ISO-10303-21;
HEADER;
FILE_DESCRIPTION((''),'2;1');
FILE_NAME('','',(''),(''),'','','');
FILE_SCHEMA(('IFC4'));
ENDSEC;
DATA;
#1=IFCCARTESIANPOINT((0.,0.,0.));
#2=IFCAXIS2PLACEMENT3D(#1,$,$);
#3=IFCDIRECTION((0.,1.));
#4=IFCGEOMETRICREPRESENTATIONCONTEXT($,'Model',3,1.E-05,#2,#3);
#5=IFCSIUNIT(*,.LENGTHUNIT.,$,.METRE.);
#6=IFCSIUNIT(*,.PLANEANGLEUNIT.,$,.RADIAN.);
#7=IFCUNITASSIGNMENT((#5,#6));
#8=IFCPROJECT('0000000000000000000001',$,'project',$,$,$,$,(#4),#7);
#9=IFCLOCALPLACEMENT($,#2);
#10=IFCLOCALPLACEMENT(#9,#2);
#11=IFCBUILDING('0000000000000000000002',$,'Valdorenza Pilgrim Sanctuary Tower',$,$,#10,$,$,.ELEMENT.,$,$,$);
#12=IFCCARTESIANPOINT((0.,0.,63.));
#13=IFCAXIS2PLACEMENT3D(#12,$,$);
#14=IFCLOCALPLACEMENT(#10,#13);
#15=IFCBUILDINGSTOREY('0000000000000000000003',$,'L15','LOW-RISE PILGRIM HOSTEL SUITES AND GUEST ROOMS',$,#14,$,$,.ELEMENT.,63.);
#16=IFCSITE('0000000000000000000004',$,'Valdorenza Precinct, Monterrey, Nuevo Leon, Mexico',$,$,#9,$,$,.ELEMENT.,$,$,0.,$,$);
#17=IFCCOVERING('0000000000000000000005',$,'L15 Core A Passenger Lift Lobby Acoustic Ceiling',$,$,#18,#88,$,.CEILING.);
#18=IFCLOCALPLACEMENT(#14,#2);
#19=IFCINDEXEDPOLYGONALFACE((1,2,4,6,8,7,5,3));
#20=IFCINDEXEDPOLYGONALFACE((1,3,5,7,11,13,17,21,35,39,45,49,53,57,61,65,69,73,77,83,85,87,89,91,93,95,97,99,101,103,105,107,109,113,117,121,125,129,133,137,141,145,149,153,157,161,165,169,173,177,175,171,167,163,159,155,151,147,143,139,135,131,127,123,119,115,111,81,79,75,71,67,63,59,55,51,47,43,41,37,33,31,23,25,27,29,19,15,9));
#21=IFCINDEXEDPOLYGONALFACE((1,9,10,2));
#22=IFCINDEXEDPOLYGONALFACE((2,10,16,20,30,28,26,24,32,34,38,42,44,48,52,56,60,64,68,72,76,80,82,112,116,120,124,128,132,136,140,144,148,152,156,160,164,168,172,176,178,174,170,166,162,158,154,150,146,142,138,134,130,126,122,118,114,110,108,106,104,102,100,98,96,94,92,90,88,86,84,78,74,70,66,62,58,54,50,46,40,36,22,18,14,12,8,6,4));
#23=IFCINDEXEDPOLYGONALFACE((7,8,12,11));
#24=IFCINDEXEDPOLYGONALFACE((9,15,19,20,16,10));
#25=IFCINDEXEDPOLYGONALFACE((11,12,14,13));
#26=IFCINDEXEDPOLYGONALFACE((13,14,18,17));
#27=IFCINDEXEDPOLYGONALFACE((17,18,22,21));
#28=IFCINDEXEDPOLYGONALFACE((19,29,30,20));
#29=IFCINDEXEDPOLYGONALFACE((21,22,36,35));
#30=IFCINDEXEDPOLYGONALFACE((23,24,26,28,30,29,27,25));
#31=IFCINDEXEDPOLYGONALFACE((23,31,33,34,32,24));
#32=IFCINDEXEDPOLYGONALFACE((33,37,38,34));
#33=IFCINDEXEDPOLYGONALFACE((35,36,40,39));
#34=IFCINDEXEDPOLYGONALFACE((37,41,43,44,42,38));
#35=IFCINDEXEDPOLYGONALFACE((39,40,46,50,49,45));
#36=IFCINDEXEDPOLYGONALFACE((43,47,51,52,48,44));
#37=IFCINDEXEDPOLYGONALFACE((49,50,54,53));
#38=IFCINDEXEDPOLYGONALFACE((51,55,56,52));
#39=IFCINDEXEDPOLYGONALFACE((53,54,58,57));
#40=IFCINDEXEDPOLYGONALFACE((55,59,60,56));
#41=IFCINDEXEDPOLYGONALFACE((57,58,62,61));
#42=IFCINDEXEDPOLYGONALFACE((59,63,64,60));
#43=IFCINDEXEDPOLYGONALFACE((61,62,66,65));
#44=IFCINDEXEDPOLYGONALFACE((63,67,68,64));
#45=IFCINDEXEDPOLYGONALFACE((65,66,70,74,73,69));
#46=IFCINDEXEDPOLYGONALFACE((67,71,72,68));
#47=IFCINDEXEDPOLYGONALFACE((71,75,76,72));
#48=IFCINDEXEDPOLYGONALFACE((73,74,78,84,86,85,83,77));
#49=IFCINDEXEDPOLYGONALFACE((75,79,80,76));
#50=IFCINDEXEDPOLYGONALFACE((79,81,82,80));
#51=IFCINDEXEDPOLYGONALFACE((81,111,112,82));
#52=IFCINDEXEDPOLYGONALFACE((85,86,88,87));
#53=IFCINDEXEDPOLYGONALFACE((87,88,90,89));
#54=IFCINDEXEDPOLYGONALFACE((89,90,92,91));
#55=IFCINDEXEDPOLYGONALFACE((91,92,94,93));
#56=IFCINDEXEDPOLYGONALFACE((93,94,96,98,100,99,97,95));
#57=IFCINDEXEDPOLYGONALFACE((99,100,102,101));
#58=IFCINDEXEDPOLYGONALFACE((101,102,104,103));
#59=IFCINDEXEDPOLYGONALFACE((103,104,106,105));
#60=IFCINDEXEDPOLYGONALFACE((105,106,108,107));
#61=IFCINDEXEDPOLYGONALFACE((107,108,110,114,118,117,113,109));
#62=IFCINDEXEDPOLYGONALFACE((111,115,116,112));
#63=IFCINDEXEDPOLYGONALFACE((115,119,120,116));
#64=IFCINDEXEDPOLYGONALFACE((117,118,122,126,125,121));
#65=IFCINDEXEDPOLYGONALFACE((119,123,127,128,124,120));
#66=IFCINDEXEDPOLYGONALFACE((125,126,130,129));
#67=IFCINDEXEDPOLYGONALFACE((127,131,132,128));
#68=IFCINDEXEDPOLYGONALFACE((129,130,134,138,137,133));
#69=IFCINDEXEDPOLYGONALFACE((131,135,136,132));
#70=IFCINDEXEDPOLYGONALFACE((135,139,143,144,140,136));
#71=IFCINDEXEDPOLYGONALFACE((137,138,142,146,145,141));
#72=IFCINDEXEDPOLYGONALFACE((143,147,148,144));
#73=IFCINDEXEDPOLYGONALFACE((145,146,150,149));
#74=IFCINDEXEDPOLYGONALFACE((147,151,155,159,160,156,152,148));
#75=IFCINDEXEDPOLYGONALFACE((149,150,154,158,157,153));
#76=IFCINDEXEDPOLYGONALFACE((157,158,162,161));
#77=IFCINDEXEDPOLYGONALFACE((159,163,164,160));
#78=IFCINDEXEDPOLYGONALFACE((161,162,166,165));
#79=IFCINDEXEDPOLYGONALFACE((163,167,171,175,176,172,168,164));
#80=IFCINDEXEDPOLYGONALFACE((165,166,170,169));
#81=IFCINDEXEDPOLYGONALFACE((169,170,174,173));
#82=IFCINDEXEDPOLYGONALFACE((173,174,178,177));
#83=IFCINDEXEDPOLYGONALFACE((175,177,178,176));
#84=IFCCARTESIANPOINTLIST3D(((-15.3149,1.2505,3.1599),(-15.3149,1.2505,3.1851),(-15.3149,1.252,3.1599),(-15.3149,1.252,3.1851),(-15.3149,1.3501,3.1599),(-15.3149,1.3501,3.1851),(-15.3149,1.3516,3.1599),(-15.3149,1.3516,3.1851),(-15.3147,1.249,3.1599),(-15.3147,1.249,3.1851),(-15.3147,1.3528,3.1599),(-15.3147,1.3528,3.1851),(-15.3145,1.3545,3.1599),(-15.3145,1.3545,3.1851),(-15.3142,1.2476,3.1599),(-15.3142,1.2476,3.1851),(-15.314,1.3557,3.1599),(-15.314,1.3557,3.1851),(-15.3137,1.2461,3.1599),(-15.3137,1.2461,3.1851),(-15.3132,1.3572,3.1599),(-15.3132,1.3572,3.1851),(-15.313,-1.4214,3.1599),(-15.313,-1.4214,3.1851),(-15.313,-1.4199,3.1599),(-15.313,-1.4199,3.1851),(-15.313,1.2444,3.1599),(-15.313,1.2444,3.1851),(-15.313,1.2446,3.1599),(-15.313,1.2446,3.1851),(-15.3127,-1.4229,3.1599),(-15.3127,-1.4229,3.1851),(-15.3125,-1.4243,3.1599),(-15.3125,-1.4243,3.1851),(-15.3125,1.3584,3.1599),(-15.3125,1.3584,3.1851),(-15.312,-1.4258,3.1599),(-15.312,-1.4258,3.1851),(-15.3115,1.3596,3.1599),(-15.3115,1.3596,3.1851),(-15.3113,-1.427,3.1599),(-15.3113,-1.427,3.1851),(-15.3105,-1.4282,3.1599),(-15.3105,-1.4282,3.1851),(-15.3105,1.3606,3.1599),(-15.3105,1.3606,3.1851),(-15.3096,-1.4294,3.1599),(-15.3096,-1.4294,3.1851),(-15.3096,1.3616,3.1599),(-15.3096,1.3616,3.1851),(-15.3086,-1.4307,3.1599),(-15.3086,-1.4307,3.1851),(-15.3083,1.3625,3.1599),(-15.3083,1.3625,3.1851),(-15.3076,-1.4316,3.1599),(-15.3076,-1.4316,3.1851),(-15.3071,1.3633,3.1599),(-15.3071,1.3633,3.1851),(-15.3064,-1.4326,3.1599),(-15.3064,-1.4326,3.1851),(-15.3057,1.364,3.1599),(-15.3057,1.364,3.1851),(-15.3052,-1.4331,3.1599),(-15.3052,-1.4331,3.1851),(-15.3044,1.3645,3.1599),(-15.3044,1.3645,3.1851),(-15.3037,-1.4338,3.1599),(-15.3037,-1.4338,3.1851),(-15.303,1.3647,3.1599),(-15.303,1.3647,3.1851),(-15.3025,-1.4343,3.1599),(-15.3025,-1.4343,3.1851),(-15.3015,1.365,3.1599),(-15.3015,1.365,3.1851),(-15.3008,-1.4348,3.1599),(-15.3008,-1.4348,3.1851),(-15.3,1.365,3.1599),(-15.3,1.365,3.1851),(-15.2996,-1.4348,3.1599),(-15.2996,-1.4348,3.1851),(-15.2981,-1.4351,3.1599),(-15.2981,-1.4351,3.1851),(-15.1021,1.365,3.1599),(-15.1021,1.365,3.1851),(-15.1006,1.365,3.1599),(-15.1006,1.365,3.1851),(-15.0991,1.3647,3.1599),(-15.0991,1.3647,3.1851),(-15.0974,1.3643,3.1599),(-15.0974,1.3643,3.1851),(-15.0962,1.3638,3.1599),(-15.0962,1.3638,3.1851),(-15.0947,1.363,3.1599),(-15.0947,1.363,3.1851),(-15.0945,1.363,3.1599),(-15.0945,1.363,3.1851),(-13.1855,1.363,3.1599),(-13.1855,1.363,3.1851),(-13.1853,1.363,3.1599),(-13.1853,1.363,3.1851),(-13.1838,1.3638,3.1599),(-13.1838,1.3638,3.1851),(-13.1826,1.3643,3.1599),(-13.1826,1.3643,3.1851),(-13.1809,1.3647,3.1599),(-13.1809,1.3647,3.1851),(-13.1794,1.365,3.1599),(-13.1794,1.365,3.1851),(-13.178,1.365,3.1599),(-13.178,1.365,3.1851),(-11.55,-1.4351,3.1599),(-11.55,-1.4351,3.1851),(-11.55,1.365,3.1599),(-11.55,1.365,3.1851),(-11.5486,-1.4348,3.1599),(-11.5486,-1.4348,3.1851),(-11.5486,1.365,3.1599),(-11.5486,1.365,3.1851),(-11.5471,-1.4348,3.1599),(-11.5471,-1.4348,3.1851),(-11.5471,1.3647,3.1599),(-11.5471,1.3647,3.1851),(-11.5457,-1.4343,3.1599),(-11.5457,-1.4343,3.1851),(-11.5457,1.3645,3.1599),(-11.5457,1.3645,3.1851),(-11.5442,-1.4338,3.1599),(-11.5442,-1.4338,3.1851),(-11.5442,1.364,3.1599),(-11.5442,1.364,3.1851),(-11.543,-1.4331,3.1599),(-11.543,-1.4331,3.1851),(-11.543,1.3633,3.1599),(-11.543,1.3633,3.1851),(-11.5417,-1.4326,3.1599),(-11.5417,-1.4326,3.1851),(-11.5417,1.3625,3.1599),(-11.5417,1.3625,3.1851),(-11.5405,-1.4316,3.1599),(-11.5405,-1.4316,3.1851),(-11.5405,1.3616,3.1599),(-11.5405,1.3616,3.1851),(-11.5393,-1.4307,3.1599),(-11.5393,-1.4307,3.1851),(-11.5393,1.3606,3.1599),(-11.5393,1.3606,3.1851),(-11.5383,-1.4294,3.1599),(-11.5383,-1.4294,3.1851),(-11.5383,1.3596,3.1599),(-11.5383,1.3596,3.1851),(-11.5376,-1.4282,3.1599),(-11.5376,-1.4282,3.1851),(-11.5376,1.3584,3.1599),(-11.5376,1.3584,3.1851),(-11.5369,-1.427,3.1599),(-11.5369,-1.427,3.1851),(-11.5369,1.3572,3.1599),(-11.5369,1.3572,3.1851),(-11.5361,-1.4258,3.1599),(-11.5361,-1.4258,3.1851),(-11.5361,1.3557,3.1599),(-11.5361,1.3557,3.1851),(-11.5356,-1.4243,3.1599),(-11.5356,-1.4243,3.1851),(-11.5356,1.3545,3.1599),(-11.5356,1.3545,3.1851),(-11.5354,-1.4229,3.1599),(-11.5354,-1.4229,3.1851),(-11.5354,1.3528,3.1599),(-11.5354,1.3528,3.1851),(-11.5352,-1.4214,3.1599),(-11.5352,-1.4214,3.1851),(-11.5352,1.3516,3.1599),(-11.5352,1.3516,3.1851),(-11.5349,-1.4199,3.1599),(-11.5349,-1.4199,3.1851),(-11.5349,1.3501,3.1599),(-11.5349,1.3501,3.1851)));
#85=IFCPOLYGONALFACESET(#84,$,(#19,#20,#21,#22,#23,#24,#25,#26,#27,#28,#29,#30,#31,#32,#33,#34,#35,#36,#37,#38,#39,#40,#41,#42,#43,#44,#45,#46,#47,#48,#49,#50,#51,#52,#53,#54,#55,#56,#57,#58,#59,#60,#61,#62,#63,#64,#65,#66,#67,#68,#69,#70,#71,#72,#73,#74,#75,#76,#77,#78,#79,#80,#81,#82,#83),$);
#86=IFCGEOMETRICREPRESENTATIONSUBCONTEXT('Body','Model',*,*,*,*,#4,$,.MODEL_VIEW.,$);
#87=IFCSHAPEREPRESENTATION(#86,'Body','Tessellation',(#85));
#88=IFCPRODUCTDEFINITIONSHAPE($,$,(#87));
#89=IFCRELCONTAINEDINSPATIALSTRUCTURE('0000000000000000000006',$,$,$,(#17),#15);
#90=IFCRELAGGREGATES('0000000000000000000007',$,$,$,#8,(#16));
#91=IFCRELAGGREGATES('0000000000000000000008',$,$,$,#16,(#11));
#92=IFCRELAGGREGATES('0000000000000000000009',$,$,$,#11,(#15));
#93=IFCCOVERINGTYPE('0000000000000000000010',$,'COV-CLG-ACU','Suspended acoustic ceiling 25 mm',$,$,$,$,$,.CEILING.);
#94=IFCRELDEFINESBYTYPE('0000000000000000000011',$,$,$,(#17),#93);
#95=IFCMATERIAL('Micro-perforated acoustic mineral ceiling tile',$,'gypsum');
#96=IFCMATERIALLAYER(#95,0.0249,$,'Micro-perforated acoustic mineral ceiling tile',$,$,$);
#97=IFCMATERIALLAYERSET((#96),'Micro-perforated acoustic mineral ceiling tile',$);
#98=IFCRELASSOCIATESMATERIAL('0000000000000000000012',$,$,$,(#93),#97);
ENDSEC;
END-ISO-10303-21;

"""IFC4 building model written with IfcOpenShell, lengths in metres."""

from ifc_helpers import new_model, si_unit, direction, frame, origin, place, context, subcontext, project, spatial, polyline, outline, extrude, material, layer, layer_set, type_object, element, save


model = new_model("IFC4")

# Units and contexts
model_context = context("Model", 3, precision=1e-05, world=origin(), true_north=direction((0.0, 1.0)))
body_context = subcontext(model_context, "Body", "Model", "MODEL_VIEW")
ifc_project = project(units=[si_unit("LENGTHUNIT", "METRE"), si_unit("PLANEANGLEUNIT", "RADIAN")], contexts=[model_context])

# Site, building, storey
site_placement = place(None, origin())
site = spatial("IfcSite", under=ifc_project, at=site_placement, Name="Valdorenza Precinct, Monterrey, Nuevo Leon, Mexico", CompositionType="ELEMENT", RefElevation=0.0)
building_placement = place(site_placement, origin())
building = spatial("IfcBuilding", under=site, at=building_placement, Name="Valdorenza Pilgrim Sanctuary Tower", CompositionType="ELEMENT")
storey_placement = place(building_placement, frame((0.0, 0.0, 63.0)))
storey = spatial("IfcBuildingStorey", under=building, at=storey_placement, Name="L15", Description="LOW-RISE PILGRIM HOSTEL SUITES AND GUEST ROOMS", CompositionType="ELEMENT", Elevation=63.0)

# Covering
ifc_material_1 = material(Name="Micro-perforated acoustic mineral ceiling tile", Category="gypsum")
ifc_layer_1 = layer(ifc_material_1, 0.0249, Name="Micro-perforated acoustic mineral ceiling tile")
ifc_layer_set_1 = layer_set([ifc_layer_1], Name="Micro-perforated acoustic mineral ceiling tile")
covering_type_1 = type_object("IfcCoveringType", Name="COV-CLG-ACU", Description="Suspended acoustic ceiling 25 mm", PredefinedType="CEILING", material=ifc_layer_set_1)
covering_1_placement = place(storey_placement, frame((0.0, 0.0, 3.1599)))
element("IfcCovering", 1, at=covering_1_placement, inside=storey, type_object=covering_type_1, Name="L15 Core A Passenger Lift Lobby Acoustic Ceiling", PredefinedType="CEILING", context=body_context, shape_type="SweptSolid", body=[
    extrude(outline(polyline([(-15.313, 1.2444), (-15.313, 1.2446), (-15.3137, 1.2461), (-15.3142, 1.2476), (-15.3147, 1.249), (-15.3149, 1.2505), (-15.3149, 1.252), (-15.3149, 1.3501), (-15.3149, 1.3516), (-15.3147, 1.3528), (-15.3145, 1.3545), (-15.314, 1.3557), (-15.3132, 1.3572), (-15.3125, 1.3584), (-15.3115, 1.3596), (-15.3105, 1.3606), (-15.3096, 1.3616), (-15.3083, 1.3625), (-15.3071, 1.3633), (-15.3057, 1.364), (-15.3044, 1.3645), (-15.303, 1.3647), (-15.3015, 1.365), (-15.3, 1.365), (-15.1021, 1.365), (-15.1006, 1.365), (-15.0991, 1.3647), (-15.0974, 1.3643), (-15.0962, 1.3638), (-15.0947, 1.363), (-15.0945, 1.363), (-13.1855, 1.363), (-13.1853, 1.363), (-13.1838, 1.3638), (-13.1826, 1.3643), (-13.1809, 1.3647), (-13.1794, 1.365), (-13.178, 1.365), (-11.55, 1.365), (-11.5486, 1.365), (-11.5471, 1.3647), (-11.5457, 1.3645), (-11.5442, 1.364), (-11.543, 1.3633), (-11.5417, 1.3625), (-11.5405, 1.3616), (-11.5393, 1.3606), (-11.5383, 1.3596), (-11.5376, 1.3584), (-11.5369, 1.3572), (-11.5361, 1.3557), (-11.5356, 1.3545), (-11.5354, 1.3528), (-11.5352, 1.3516), (-11.5349, 1.3501), (-11.5349, -1.4199), (-11.5352, -1.4214), (-11.5354, -1.4229), (-11.5356, -1.4243), (-11.5361, -1.4258), (-11.5369, -1.427), (-11.5376, -1.4282), (-11.5383, -1.4294), (-11.5393, -1.4307), (-11.5405, -1.4316), (-11.5417, -1.4326), (-11.543, -1.4331), (-11.5442, -1.4338), (-11.5457, -1.4343), (-11.5471, -1.4348), (-11.5486, -1.4348), (-11.55, -1.4351), (-15.2981, -1.4351), (-15.2996, -1.4348), (-15.3008, -1.4348), (-15.3025, -1.4343), (-15.3037, -1.4338), (-15.3052, -1.4331), (-15.3064, -1.4326), (-15.3076, -1.4316), (-15.3086, -1.4307), (-15.3096, -1.4294), (-15.3105, -1.4282), (-15.3113, -1.427), (-15.312, -1.4258), (-15.3125, -1.4243), (-15.3127, -1.4229), (-15.313, -1.4214), (-15.313, -1.4199), (-15.313, 1.2444)])), origin(), (0.0, 0.0, 1.0), 0.0251),
])

save(model, "model.ifc")
